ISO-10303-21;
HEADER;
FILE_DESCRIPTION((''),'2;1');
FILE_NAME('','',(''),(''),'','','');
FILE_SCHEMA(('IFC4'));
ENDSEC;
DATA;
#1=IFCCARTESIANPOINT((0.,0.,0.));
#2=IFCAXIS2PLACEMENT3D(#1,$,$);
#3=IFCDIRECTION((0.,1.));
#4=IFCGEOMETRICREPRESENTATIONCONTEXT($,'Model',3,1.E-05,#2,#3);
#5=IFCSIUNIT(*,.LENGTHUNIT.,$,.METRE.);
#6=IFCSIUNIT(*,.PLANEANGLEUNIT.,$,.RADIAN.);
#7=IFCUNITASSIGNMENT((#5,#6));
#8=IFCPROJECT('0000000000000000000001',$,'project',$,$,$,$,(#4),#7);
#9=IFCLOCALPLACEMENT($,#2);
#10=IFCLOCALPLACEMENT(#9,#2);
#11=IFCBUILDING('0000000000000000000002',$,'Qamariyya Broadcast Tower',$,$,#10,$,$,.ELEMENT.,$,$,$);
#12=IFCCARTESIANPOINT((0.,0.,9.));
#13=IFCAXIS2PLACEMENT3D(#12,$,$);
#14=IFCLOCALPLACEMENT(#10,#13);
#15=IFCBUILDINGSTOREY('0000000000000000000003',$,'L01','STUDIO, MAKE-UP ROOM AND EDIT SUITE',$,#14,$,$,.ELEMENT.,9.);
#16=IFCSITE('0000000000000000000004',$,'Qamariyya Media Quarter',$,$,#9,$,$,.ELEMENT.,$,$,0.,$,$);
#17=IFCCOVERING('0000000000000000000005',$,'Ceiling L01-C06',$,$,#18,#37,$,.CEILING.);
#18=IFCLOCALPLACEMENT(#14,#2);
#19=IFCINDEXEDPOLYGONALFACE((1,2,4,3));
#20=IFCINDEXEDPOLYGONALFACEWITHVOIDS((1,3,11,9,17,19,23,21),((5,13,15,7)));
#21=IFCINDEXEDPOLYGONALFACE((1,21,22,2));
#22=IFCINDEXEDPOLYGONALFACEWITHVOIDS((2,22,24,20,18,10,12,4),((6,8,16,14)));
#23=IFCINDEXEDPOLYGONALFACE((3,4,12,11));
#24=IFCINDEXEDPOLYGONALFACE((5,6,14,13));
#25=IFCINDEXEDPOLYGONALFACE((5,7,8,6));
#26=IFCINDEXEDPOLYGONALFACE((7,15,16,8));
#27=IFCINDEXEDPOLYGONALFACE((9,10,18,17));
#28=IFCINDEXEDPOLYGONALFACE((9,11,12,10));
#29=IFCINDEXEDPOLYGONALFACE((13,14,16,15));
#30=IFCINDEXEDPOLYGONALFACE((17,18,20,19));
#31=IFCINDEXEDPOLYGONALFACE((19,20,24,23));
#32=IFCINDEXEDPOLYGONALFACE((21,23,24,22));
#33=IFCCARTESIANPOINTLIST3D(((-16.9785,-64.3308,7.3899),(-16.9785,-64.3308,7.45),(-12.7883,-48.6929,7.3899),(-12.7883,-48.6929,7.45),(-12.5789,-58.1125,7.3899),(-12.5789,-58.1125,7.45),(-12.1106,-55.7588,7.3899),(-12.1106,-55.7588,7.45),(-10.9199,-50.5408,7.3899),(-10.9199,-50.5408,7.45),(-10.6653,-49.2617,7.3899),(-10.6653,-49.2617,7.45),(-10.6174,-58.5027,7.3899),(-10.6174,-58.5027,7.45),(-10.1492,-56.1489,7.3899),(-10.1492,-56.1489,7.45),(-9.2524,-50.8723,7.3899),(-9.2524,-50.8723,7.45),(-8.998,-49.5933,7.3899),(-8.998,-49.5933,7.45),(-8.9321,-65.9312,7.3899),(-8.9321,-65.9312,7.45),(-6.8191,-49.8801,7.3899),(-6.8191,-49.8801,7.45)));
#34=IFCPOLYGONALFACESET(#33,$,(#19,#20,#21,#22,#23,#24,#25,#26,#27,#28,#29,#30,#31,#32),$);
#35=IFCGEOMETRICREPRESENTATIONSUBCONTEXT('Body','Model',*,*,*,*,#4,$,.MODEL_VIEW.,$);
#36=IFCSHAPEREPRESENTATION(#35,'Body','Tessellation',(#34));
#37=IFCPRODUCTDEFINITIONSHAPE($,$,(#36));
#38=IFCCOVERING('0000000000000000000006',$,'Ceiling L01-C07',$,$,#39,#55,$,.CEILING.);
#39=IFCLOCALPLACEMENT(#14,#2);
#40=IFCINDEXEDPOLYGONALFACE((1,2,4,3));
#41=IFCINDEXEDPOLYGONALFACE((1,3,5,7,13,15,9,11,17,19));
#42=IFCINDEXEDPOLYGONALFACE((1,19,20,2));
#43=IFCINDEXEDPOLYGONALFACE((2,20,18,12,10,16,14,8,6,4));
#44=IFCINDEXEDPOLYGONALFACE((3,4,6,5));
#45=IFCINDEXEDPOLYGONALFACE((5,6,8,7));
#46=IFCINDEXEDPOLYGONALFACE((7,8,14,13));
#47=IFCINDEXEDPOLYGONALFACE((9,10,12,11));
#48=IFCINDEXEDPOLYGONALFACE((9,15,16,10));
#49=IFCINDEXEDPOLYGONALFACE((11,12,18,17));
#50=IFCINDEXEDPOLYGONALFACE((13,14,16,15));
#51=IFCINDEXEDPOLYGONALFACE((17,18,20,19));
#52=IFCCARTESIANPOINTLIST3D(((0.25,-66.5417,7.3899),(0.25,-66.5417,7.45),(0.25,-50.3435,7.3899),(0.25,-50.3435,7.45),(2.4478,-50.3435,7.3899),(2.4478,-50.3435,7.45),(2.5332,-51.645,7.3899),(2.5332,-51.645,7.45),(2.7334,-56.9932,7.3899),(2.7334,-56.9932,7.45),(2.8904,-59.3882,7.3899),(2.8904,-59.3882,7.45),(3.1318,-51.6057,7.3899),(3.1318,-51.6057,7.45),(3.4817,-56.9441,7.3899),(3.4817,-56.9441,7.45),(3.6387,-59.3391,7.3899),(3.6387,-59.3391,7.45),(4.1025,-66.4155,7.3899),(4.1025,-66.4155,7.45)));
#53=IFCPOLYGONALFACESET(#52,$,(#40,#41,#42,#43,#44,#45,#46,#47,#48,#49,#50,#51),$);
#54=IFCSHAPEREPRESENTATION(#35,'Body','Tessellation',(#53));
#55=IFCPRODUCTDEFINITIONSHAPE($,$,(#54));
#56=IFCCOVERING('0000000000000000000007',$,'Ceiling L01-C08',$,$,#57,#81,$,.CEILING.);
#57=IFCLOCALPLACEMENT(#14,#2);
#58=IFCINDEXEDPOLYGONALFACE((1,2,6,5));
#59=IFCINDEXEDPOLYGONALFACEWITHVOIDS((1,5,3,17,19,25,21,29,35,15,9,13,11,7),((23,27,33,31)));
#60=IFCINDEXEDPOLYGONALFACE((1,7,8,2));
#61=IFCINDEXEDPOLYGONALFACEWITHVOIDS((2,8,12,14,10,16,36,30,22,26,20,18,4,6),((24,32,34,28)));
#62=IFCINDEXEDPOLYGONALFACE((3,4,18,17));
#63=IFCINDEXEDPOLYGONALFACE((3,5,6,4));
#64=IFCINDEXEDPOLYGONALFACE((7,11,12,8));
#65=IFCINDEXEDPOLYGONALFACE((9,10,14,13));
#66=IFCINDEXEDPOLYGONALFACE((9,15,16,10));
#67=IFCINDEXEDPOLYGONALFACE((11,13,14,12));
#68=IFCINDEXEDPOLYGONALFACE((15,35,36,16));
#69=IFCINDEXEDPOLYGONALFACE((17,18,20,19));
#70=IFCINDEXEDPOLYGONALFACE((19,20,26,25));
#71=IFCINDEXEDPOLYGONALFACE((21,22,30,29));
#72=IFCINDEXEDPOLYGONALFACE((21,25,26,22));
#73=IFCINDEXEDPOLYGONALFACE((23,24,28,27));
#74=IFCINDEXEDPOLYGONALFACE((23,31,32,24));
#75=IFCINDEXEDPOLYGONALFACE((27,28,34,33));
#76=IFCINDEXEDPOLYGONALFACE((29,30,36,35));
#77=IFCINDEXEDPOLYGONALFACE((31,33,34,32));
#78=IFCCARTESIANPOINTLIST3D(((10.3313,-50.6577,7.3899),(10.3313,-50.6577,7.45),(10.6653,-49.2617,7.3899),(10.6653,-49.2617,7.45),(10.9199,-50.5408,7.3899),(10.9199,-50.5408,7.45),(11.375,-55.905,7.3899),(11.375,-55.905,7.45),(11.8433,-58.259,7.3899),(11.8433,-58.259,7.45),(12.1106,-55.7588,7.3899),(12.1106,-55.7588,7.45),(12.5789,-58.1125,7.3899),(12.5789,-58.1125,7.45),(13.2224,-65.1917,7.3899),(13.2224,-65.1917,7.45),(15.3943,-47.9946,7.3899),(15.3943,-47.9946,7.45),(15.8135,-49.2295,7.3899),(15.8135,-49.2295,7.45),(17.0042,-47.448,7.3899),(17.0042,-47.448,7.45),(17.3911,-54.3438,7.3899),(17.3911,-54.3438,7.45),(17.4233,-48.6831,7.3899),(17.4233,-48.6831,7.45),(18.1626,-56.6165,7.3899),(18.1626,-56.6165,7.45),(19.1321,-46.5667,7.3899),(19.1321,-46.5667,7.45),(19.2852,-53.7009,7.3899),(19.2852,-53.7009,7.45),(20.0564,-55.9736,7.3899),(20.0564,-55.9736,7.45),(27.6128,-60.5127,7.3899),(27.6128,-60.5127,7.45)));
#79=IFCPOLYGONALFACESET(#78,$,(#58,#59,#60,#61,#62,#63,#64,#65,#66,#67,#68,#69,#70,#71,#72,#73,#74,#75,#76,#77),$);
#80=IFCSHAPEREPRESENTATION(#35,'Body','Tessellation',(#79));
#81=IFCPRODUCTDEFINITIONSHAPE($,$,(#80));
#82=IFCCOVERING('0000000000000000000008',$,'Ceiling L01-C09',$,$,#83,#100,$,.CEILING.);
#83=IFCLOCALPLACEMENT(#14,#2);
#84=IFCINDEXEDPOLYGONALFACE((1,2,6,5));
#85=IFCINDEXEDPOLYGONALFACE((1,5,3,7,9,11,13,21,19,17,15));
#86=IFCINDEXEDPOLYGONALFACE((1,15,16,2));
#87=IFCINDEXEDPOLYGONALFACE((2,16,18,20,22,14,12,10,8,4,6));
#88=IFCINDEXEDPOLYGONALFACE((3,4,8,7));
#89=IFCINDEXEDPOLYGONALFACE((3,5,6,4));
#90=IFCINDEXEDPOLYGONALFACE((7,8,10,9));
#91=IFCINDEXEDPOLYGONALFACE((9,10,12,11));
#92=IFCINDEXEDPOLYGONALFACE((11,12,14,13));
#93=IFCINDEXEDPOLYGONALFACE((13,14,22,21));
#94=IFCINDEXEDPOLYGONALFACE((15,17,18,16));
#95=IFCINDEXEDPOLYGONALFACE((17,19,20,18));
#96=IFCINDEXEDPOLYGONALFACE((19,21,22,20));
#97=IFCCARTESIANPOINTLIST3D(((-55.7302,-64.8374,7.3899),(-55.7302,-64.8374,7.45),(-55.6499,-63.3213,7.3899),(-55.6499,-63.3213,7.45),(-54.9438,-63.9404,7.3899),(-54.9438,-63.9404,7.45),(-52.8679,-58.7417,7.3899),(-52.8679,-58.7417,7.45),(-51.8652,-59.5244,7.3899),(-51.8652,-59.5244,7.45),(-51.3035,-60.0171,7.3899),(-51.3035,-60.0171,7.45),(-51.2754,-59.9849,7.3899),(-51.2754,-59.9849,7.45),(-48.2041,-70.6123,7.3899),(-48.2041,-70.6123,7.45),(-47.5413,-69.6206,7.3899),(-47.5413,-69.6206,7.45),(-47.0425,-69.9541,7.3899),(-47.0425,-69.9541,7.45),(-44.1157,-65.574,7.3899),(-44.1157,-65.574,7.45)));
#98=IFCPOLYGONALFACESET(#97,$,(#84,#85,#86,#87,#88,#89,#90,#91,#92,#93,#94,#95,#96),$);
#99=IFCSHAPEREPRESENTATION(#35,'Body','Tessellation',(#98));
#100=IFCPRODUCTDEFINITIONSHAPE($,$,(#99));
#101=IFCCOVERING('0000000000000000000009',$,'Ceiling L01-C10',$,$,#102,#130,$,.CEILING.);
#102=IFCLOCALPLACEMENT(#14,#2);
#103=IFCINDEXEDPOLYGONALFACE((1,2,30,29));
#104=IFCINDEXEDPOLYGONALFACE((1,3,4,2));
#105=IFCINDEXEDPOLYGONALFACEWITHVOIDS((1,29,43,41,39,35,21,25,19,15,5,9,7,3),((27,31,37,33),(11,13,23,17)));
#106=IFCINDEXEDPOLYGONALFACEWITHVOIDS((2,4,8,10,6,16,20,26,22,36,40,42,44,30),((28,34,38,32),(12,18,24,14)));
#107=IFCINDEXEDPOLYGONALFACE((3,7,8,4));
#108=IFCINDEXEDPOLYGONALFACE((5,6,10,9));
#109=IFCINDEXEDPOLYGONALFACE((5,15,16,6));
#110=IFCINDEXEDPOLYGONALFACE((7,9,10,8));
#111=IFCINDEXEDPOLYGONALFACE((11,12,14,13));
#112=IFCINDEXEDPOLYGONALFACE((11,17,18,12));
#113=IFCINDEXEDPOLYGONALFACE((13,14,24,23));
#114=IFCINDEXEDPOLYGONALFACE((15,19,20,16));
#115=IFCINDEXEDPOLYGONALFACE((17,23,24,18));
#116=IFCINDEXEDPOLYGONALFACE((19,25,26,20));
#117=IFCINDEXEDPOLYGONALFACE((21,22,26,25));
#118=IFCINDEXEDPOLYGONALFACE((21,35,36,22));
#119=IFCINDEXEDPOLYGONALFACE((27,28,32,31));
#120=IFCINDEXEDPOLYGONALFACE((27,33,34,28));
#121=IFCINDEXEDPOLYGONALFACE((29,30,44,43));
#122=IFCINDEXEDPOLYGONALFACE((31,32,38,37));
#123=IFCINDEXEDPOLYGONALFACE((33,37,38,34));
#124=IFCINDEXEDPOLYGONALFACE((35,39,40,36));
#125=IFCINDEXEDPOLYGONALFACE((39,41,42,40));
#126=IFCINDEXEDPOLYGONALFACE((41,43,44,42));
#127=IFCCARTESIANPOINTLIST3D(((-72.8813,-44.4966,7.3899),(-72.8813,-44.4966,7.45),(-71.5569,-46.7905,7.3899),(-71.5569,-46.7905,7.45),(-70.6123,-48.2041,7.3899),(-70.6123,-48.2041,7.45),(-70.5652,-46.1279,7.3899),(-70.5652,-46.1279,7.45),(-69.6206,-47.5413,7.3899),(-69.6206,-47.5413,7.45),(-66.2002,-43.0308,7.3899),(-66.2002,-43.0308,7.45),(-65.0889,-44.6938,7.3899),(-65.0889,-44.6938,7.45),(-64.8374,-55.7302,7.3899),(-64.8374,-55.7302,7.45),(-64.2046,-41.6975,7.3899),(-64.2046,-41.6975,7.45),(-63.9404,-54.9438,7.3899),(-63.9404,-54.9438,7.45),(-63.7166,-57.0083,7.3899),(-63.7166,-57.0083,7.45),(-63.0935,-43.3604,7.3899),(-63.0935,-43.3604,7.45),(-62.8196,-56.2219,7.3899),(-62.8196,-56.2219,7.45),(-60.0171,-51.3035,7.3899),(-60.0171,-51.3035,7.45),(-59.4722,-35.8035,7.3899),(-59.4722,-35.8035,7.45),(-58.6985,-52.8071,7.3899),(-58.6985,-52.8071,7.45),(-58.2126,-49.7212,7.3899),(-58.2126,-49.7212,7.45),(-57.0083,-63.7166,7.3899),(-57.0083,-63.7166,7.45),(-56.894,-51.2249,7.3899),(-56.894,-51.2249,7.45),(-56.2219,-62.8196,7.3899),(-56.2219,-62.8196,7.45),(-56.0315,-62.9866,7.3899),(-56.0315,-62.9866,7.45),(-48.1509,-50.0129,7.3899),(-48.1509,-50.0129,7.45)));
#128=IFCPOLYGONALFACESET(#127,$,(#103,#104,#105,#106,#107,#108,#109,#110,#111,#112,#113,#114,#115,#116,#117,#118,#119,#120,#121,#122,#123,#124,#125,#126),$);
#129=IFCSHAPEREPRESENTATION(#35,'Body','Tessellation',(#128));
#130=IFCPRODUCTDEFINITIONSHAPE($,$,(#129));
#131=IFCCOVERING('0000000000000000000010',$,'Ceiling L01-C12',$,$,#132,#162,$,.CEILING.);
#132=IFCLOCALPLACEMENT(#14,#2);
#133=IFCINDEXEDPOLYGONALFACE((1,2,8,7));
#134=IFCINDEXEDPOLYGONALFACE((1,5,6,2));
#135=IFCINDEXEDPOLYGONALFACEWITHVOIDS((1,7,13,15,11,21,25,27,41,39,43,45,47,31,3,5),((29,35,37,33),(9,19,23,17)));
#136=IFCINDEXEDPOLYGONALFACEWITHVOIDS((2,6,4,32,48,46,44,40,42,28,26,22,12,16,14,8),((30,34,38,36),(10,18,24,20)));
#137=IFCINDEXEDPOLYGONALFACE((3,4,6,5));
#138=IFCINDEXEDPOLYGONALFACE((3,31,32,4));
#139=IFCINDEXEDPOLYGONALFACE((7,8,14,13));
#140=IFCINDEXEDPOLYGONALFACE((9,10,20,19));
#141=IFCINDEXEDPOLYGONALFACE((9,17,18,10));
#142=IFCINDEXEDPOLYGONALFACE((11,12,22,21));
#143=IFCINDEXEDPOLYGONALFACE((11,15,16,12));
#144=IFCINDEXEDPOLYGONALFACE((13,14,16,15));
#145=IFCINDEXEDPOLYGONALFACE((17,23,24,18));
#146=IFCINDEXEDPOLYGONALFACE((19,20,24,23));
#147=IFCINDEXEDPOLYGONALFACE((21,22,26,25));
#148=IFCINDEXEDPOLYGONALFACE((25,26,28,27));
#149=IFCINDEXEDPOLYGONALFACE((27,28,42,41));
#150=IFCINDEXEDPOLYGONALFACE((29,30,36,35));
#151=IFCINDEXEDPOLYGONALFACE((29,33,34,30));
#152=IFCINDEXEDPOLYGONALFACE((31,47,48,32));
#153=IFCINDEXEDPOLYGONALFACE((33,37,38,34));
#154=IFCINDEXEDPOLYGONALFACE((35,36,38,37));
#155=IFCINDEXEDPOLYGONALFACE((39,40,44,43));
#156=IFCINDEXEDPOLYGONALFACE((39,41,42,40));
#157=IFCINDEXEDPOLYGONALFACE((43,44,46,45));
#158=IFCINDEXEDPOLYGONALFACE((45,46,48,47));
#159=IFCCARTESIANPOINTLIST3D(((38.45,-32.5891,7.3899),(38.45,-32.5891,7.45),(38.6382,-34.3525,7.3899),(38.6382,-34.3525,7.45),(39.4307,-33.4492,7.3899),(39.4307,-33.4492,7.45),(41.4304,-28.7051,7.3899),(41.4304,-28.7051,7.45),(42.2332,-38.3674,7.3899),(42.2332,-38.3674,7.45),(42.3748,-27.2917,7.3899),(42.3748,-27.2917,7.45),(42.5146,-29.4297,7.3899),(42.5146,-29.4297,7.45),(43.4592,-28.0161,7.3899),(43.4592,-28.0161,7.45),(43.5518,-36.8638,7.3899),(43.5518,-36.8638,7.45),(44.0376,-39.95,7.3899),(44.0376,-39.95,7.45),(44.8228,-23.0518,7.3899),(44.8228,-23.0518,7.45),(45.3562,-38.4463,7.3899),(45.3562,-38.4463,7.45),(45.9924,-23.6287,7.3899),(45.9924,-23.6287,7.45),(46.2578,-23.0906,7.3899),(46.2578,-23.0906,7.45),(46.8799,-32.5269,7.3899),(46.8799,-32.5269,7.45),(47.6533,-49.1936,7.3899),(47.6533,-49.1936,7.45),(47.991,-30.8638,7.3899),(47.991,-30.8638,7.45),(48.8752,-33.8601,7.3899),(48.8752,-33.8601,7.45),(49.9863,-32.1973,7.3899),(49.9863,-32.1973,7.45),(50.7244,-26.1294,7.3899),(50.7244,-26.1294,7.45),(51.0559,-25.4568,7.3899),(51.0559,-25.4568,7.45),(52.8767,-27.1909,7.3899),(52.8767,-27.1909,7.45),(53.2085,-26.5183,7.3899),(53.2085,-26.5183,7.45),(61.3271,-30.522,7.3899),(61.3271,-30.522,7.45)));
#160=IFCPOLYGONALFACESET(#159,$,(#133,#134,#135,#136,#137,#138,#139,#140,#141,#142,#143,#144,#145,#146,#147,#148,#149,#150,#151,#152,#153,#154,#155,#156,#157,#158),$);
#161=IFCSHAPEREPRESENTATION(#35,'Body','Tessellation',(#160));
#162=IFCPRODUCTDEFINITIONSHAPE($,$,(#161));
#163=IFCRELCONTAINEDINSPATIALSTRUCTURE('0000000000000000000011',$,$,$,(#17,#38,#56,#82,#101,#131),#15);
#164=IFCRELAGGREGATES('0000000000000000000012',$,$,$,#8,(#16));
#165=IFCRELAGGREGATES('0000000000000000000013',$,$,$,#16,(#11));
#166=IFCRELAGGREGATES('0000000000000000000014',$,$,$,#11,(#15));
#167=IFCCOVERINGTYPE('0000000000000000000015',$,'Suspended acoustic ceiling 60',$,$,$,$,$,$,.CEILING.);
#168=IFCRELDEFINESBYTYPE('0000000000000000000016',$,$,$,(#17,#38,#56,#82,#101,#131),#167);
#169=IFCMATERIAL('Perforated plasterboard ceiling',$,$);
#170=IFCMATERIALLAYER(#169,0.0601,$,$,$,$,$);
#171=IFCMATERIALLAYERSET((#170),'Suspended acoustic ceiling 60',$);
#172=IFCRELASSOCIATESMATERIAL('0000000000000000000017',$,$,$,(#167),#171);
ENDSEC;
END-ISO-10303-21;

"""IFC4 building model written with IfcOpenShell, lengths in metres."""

from ifc_helpers import new_model, si_unit, direction, frame, origin, place, context, subcontext, project, spatial, polyline, outline, extrude, material, layer, layer_set, type_object, element, save


model = new_model("IFC4")

# Units and contexts
model_context = context("Model", 3, precision=1e-05, world=origin(), true_north=direction((0.0, 1.0)))
body_context = subcontext(model_context, "Body", "Model", "MODEL_VIEW")
ifc_project = project(units=[si_unit("LENGTHUNIT", "METRE"), si_unit("PLANEANGLEUNIT", "RADIAN")], contexts=[model_context])

# Site, building, storey
site_placement = place(None, origin())
site = spatial("IfcSite", under=ifc_project, at=site_placement, Name="Qamariyya Media Quarter", CompositionType="ELEMENT", RefElevation=0.0)
building_placement = place(site_placement, origin())
building = spatial("IfcBuilding", under=site, at=building_placement, Name="Qamariyya Broadcast Tower", CompositionType="ELEMENT")
storey_placement = place(building_placement, frame((0.0, 0.0, 9.0)))
storey = spatial("IfcBuildingStorey", under=building, at=storey_placement, Name="L01", Description="STUDIO, MAKE-UP ROOM AND EDIT SUITE", CompositionType="ELEMENT", Elevation=9.0)

# Coverings
ifc_material_1 = material(Name="Perforated plasterboard ceiling")
ifc_layer_1 = layer(ifc_material_1, 0.0601)
ifc_layer_set_1 = layer_set([ifc_layer_1], Name="Suspended acoustic ceiling 60")
covering_type_1 = type_object("IfcCoveringType", Name="Suspended acoustic ceiling 60", PredefinedType="CEILING", material=ifc_layer_set_1)
covering_1_placement = place(storey_placement, frame((0.0, 0.0, 7.3899)))
element("IfcCovering", 1, at=covering_1_placement, inside=storey, type_object=covering_type_1, Name="Ceiling L01-C06", PredefinedType="CEILING", context=body_context, shape_type="SweptSolid", body=[
    extrude(outline(polyline([(-12.7883, -48.6929), (-10.6653, -49.2617), (-10.9199, -50.5408), (-9.2524, -50.8723), (-8.998, -49.5933), (-6.8191, -49.8801), (-8.9321, -65.9312), (-16.9785, -64.3308), (-12.7883, -48.6929)]), holes=[polyline([(-12.5789, -58.1125), (-10.6174, -58.5027), (-10.1492, -56.1489), (-12.1106, -55.7588), (-12.5789, -58.1125)])]), origin(), (0.0, 0.0, 1.0), 0.0601),
])
covering_2_placement = place(storey_placement, frame((0.0, 0.0, 7.3899)))
element("IfcCovering", 2, at=covering_2_placement, inside=storey, type_object=covering_type_1, Name="Ceiling L01-C07", PredefinedType="CEILING", context=body_context, shape_type="SweptSolid", body=[
    extrude(outline(polyline([(0.25, -50.3435), (2.4478, -50.3435), (2.5332, -51.645), (3.1318, -51.6057), (3.4817, -56.9441), (2.7334, -56.9932), (2.8904, -59.3882), (3.6387, -59.3391), (4.1025, -66.4155), (0.25, -66.5417), (0.25, -50.3435)])), origin(), (0.0, 0.0, 1.0), 0.0601),
])
covering_3_placement = place(storey_placement, frame((0.0, 0.0, 7.3899)))
element("IfcCovering", 3, at=covering_3_placement, inside=storey, type_object=covering_type_1, Name="Ceiling L01-C08", PredefinedType="CEILING", context=body_context, shape_type="SweptSolid", body=[
    extrude(outline(polyline([(13.2224, -65.1917), (11.8433, -58.259), (12.5789, -58.1125), (12.1106, -55.7588), (11.375, -55.905), (10.3313, -50.6577), (10.9199, -50.5408), (10.6653, -49.2617), (15.3943, -47.9946), (15.8135, -49.2295), (17.4233, -48.6831), (17.0042, -47.448), (19.1321, -46.5667), (27.6128, -60.5127), (13.2224, -65.1917)]), holes=[polyline([(17.3911, -54.3438), (18.1626, -56.6165), (20.0564, -55.9736), (19.2852, -53.7009), (17.3911, -54.3438)])]), origin(), (0.0, 0.0, 1.0), 0.0601),
])
covering_4_placement = place(storey_placement, frame((0.0, 0.0, 7.3899)))
element("IfcCovering", 4, at=covering_4_placement, inside=storey, type_object=covering_type_1, Name="Ceiling L01-C09", PredefinedType="CEILING", context=body_context, shape_type="SweptSolid", body=[
    extrude(outline(polyline([(-51.3035, -60.0171), (-51.2754, -59.9849), (-44.1157, -65.574), (-47.0425, -69.9541), (-47.5413, -69.6206), (-48.2041, -70.6123), (-55.7302, -64.8374), (-54.9438, -63.9404), (-55.6499, -63.3213), (-52.8679, -58.7417), (-51.8652, -59.5244), (-51.3035, -60.0171)])), origin(), (0.0, 0.0, 1.0), 0.0601),
])
covering_5_placement = place(storey_placement, frame((0.0, 0.0, 7.3899)))
element("IfcCovering", 5, at=covering_5_placement, inside=storey, type_object=covering_type_1, Name="Ceiling L01-C10", PredefinedType="CEILING", context=body_context, shape_type="SweptSolid", body=[
    extrude(outline(polyline([(-56.0315, -62.9866), (-56.2219, -62.8196), (-57.0083, -63.7166), (-63.7166, -57.0083), (-62.8196, -56.2219), (-63.9404, -54.9438), (-64.8374, -55.7302), (-70.6123, -48.2041), (-69.6206, -47.5413), (-70.5652, -46.1279), (-71.5569, -46.7905), (-72.8813, -44.4966), (-59.4722, -35.8035), (-48.1509, -50.0129), (-56.0315, -62.9866)]), holes=[polyline([(-58.2126, -49.7212), (-60.0171, -51.3035), (-58.6985, -52.8071), (-56.894, -51.2249), (-58.2126, -49.7212)]), polyline([(-66.2002, -43.0308), (-65.0889, -44.6938), (-63.0935, -43.3604), (-64.2046, -41.6975), (-66.2002, -43.0308)])]), origin(), (0.0, 0.0, 1.0), 0.0601),
])
covering_6_placement = place(storey_placement, frame((0.0, 0.0, 7.3899)))
element("IfcCovering", 6, at=covering_6_placement, inside=storey, type_object=covering_type_1, Name="Ceiling L01-C12", PredefinedType="CEILING", context=body_context, shape_type="SweptSolid", body=[
    extrude(outline(polyline([(38.6382, -34.3525), (39.4307, -33.4492), (38.45, -32.5891), (41.4304, -28.7051), (42.5146, -29.4297), (43.4592, -28.0161), (42.3748, -27.2917), (44.8228, -23.0518), (45.9924, -23.6287), (46.2578, -23.0906), (51.0559, -25.4568), (50.7244, -26.1294), (52.8767, -27.1909), (53.2085, -26.5183), (61.3271, -30.522), (47.6533, -49.1936), (38.6382, -34.3525)]), holes=[polyline([(48.8752, -33.8601), (49.9863, -32.1973), (47.991, -30.8638), (46.8799, -32.5269), (48.8752, -33.8601)]), polyline([(44.0376, -39.95), (45.3562, -38.4463), (43.5518, -36.8638), (42.2332, -38.3674), (44.0376, -39.95)])]), origin(), (0.0, 0.0, 1.0), 0.0601),
])

save(model, "model.ifc")
